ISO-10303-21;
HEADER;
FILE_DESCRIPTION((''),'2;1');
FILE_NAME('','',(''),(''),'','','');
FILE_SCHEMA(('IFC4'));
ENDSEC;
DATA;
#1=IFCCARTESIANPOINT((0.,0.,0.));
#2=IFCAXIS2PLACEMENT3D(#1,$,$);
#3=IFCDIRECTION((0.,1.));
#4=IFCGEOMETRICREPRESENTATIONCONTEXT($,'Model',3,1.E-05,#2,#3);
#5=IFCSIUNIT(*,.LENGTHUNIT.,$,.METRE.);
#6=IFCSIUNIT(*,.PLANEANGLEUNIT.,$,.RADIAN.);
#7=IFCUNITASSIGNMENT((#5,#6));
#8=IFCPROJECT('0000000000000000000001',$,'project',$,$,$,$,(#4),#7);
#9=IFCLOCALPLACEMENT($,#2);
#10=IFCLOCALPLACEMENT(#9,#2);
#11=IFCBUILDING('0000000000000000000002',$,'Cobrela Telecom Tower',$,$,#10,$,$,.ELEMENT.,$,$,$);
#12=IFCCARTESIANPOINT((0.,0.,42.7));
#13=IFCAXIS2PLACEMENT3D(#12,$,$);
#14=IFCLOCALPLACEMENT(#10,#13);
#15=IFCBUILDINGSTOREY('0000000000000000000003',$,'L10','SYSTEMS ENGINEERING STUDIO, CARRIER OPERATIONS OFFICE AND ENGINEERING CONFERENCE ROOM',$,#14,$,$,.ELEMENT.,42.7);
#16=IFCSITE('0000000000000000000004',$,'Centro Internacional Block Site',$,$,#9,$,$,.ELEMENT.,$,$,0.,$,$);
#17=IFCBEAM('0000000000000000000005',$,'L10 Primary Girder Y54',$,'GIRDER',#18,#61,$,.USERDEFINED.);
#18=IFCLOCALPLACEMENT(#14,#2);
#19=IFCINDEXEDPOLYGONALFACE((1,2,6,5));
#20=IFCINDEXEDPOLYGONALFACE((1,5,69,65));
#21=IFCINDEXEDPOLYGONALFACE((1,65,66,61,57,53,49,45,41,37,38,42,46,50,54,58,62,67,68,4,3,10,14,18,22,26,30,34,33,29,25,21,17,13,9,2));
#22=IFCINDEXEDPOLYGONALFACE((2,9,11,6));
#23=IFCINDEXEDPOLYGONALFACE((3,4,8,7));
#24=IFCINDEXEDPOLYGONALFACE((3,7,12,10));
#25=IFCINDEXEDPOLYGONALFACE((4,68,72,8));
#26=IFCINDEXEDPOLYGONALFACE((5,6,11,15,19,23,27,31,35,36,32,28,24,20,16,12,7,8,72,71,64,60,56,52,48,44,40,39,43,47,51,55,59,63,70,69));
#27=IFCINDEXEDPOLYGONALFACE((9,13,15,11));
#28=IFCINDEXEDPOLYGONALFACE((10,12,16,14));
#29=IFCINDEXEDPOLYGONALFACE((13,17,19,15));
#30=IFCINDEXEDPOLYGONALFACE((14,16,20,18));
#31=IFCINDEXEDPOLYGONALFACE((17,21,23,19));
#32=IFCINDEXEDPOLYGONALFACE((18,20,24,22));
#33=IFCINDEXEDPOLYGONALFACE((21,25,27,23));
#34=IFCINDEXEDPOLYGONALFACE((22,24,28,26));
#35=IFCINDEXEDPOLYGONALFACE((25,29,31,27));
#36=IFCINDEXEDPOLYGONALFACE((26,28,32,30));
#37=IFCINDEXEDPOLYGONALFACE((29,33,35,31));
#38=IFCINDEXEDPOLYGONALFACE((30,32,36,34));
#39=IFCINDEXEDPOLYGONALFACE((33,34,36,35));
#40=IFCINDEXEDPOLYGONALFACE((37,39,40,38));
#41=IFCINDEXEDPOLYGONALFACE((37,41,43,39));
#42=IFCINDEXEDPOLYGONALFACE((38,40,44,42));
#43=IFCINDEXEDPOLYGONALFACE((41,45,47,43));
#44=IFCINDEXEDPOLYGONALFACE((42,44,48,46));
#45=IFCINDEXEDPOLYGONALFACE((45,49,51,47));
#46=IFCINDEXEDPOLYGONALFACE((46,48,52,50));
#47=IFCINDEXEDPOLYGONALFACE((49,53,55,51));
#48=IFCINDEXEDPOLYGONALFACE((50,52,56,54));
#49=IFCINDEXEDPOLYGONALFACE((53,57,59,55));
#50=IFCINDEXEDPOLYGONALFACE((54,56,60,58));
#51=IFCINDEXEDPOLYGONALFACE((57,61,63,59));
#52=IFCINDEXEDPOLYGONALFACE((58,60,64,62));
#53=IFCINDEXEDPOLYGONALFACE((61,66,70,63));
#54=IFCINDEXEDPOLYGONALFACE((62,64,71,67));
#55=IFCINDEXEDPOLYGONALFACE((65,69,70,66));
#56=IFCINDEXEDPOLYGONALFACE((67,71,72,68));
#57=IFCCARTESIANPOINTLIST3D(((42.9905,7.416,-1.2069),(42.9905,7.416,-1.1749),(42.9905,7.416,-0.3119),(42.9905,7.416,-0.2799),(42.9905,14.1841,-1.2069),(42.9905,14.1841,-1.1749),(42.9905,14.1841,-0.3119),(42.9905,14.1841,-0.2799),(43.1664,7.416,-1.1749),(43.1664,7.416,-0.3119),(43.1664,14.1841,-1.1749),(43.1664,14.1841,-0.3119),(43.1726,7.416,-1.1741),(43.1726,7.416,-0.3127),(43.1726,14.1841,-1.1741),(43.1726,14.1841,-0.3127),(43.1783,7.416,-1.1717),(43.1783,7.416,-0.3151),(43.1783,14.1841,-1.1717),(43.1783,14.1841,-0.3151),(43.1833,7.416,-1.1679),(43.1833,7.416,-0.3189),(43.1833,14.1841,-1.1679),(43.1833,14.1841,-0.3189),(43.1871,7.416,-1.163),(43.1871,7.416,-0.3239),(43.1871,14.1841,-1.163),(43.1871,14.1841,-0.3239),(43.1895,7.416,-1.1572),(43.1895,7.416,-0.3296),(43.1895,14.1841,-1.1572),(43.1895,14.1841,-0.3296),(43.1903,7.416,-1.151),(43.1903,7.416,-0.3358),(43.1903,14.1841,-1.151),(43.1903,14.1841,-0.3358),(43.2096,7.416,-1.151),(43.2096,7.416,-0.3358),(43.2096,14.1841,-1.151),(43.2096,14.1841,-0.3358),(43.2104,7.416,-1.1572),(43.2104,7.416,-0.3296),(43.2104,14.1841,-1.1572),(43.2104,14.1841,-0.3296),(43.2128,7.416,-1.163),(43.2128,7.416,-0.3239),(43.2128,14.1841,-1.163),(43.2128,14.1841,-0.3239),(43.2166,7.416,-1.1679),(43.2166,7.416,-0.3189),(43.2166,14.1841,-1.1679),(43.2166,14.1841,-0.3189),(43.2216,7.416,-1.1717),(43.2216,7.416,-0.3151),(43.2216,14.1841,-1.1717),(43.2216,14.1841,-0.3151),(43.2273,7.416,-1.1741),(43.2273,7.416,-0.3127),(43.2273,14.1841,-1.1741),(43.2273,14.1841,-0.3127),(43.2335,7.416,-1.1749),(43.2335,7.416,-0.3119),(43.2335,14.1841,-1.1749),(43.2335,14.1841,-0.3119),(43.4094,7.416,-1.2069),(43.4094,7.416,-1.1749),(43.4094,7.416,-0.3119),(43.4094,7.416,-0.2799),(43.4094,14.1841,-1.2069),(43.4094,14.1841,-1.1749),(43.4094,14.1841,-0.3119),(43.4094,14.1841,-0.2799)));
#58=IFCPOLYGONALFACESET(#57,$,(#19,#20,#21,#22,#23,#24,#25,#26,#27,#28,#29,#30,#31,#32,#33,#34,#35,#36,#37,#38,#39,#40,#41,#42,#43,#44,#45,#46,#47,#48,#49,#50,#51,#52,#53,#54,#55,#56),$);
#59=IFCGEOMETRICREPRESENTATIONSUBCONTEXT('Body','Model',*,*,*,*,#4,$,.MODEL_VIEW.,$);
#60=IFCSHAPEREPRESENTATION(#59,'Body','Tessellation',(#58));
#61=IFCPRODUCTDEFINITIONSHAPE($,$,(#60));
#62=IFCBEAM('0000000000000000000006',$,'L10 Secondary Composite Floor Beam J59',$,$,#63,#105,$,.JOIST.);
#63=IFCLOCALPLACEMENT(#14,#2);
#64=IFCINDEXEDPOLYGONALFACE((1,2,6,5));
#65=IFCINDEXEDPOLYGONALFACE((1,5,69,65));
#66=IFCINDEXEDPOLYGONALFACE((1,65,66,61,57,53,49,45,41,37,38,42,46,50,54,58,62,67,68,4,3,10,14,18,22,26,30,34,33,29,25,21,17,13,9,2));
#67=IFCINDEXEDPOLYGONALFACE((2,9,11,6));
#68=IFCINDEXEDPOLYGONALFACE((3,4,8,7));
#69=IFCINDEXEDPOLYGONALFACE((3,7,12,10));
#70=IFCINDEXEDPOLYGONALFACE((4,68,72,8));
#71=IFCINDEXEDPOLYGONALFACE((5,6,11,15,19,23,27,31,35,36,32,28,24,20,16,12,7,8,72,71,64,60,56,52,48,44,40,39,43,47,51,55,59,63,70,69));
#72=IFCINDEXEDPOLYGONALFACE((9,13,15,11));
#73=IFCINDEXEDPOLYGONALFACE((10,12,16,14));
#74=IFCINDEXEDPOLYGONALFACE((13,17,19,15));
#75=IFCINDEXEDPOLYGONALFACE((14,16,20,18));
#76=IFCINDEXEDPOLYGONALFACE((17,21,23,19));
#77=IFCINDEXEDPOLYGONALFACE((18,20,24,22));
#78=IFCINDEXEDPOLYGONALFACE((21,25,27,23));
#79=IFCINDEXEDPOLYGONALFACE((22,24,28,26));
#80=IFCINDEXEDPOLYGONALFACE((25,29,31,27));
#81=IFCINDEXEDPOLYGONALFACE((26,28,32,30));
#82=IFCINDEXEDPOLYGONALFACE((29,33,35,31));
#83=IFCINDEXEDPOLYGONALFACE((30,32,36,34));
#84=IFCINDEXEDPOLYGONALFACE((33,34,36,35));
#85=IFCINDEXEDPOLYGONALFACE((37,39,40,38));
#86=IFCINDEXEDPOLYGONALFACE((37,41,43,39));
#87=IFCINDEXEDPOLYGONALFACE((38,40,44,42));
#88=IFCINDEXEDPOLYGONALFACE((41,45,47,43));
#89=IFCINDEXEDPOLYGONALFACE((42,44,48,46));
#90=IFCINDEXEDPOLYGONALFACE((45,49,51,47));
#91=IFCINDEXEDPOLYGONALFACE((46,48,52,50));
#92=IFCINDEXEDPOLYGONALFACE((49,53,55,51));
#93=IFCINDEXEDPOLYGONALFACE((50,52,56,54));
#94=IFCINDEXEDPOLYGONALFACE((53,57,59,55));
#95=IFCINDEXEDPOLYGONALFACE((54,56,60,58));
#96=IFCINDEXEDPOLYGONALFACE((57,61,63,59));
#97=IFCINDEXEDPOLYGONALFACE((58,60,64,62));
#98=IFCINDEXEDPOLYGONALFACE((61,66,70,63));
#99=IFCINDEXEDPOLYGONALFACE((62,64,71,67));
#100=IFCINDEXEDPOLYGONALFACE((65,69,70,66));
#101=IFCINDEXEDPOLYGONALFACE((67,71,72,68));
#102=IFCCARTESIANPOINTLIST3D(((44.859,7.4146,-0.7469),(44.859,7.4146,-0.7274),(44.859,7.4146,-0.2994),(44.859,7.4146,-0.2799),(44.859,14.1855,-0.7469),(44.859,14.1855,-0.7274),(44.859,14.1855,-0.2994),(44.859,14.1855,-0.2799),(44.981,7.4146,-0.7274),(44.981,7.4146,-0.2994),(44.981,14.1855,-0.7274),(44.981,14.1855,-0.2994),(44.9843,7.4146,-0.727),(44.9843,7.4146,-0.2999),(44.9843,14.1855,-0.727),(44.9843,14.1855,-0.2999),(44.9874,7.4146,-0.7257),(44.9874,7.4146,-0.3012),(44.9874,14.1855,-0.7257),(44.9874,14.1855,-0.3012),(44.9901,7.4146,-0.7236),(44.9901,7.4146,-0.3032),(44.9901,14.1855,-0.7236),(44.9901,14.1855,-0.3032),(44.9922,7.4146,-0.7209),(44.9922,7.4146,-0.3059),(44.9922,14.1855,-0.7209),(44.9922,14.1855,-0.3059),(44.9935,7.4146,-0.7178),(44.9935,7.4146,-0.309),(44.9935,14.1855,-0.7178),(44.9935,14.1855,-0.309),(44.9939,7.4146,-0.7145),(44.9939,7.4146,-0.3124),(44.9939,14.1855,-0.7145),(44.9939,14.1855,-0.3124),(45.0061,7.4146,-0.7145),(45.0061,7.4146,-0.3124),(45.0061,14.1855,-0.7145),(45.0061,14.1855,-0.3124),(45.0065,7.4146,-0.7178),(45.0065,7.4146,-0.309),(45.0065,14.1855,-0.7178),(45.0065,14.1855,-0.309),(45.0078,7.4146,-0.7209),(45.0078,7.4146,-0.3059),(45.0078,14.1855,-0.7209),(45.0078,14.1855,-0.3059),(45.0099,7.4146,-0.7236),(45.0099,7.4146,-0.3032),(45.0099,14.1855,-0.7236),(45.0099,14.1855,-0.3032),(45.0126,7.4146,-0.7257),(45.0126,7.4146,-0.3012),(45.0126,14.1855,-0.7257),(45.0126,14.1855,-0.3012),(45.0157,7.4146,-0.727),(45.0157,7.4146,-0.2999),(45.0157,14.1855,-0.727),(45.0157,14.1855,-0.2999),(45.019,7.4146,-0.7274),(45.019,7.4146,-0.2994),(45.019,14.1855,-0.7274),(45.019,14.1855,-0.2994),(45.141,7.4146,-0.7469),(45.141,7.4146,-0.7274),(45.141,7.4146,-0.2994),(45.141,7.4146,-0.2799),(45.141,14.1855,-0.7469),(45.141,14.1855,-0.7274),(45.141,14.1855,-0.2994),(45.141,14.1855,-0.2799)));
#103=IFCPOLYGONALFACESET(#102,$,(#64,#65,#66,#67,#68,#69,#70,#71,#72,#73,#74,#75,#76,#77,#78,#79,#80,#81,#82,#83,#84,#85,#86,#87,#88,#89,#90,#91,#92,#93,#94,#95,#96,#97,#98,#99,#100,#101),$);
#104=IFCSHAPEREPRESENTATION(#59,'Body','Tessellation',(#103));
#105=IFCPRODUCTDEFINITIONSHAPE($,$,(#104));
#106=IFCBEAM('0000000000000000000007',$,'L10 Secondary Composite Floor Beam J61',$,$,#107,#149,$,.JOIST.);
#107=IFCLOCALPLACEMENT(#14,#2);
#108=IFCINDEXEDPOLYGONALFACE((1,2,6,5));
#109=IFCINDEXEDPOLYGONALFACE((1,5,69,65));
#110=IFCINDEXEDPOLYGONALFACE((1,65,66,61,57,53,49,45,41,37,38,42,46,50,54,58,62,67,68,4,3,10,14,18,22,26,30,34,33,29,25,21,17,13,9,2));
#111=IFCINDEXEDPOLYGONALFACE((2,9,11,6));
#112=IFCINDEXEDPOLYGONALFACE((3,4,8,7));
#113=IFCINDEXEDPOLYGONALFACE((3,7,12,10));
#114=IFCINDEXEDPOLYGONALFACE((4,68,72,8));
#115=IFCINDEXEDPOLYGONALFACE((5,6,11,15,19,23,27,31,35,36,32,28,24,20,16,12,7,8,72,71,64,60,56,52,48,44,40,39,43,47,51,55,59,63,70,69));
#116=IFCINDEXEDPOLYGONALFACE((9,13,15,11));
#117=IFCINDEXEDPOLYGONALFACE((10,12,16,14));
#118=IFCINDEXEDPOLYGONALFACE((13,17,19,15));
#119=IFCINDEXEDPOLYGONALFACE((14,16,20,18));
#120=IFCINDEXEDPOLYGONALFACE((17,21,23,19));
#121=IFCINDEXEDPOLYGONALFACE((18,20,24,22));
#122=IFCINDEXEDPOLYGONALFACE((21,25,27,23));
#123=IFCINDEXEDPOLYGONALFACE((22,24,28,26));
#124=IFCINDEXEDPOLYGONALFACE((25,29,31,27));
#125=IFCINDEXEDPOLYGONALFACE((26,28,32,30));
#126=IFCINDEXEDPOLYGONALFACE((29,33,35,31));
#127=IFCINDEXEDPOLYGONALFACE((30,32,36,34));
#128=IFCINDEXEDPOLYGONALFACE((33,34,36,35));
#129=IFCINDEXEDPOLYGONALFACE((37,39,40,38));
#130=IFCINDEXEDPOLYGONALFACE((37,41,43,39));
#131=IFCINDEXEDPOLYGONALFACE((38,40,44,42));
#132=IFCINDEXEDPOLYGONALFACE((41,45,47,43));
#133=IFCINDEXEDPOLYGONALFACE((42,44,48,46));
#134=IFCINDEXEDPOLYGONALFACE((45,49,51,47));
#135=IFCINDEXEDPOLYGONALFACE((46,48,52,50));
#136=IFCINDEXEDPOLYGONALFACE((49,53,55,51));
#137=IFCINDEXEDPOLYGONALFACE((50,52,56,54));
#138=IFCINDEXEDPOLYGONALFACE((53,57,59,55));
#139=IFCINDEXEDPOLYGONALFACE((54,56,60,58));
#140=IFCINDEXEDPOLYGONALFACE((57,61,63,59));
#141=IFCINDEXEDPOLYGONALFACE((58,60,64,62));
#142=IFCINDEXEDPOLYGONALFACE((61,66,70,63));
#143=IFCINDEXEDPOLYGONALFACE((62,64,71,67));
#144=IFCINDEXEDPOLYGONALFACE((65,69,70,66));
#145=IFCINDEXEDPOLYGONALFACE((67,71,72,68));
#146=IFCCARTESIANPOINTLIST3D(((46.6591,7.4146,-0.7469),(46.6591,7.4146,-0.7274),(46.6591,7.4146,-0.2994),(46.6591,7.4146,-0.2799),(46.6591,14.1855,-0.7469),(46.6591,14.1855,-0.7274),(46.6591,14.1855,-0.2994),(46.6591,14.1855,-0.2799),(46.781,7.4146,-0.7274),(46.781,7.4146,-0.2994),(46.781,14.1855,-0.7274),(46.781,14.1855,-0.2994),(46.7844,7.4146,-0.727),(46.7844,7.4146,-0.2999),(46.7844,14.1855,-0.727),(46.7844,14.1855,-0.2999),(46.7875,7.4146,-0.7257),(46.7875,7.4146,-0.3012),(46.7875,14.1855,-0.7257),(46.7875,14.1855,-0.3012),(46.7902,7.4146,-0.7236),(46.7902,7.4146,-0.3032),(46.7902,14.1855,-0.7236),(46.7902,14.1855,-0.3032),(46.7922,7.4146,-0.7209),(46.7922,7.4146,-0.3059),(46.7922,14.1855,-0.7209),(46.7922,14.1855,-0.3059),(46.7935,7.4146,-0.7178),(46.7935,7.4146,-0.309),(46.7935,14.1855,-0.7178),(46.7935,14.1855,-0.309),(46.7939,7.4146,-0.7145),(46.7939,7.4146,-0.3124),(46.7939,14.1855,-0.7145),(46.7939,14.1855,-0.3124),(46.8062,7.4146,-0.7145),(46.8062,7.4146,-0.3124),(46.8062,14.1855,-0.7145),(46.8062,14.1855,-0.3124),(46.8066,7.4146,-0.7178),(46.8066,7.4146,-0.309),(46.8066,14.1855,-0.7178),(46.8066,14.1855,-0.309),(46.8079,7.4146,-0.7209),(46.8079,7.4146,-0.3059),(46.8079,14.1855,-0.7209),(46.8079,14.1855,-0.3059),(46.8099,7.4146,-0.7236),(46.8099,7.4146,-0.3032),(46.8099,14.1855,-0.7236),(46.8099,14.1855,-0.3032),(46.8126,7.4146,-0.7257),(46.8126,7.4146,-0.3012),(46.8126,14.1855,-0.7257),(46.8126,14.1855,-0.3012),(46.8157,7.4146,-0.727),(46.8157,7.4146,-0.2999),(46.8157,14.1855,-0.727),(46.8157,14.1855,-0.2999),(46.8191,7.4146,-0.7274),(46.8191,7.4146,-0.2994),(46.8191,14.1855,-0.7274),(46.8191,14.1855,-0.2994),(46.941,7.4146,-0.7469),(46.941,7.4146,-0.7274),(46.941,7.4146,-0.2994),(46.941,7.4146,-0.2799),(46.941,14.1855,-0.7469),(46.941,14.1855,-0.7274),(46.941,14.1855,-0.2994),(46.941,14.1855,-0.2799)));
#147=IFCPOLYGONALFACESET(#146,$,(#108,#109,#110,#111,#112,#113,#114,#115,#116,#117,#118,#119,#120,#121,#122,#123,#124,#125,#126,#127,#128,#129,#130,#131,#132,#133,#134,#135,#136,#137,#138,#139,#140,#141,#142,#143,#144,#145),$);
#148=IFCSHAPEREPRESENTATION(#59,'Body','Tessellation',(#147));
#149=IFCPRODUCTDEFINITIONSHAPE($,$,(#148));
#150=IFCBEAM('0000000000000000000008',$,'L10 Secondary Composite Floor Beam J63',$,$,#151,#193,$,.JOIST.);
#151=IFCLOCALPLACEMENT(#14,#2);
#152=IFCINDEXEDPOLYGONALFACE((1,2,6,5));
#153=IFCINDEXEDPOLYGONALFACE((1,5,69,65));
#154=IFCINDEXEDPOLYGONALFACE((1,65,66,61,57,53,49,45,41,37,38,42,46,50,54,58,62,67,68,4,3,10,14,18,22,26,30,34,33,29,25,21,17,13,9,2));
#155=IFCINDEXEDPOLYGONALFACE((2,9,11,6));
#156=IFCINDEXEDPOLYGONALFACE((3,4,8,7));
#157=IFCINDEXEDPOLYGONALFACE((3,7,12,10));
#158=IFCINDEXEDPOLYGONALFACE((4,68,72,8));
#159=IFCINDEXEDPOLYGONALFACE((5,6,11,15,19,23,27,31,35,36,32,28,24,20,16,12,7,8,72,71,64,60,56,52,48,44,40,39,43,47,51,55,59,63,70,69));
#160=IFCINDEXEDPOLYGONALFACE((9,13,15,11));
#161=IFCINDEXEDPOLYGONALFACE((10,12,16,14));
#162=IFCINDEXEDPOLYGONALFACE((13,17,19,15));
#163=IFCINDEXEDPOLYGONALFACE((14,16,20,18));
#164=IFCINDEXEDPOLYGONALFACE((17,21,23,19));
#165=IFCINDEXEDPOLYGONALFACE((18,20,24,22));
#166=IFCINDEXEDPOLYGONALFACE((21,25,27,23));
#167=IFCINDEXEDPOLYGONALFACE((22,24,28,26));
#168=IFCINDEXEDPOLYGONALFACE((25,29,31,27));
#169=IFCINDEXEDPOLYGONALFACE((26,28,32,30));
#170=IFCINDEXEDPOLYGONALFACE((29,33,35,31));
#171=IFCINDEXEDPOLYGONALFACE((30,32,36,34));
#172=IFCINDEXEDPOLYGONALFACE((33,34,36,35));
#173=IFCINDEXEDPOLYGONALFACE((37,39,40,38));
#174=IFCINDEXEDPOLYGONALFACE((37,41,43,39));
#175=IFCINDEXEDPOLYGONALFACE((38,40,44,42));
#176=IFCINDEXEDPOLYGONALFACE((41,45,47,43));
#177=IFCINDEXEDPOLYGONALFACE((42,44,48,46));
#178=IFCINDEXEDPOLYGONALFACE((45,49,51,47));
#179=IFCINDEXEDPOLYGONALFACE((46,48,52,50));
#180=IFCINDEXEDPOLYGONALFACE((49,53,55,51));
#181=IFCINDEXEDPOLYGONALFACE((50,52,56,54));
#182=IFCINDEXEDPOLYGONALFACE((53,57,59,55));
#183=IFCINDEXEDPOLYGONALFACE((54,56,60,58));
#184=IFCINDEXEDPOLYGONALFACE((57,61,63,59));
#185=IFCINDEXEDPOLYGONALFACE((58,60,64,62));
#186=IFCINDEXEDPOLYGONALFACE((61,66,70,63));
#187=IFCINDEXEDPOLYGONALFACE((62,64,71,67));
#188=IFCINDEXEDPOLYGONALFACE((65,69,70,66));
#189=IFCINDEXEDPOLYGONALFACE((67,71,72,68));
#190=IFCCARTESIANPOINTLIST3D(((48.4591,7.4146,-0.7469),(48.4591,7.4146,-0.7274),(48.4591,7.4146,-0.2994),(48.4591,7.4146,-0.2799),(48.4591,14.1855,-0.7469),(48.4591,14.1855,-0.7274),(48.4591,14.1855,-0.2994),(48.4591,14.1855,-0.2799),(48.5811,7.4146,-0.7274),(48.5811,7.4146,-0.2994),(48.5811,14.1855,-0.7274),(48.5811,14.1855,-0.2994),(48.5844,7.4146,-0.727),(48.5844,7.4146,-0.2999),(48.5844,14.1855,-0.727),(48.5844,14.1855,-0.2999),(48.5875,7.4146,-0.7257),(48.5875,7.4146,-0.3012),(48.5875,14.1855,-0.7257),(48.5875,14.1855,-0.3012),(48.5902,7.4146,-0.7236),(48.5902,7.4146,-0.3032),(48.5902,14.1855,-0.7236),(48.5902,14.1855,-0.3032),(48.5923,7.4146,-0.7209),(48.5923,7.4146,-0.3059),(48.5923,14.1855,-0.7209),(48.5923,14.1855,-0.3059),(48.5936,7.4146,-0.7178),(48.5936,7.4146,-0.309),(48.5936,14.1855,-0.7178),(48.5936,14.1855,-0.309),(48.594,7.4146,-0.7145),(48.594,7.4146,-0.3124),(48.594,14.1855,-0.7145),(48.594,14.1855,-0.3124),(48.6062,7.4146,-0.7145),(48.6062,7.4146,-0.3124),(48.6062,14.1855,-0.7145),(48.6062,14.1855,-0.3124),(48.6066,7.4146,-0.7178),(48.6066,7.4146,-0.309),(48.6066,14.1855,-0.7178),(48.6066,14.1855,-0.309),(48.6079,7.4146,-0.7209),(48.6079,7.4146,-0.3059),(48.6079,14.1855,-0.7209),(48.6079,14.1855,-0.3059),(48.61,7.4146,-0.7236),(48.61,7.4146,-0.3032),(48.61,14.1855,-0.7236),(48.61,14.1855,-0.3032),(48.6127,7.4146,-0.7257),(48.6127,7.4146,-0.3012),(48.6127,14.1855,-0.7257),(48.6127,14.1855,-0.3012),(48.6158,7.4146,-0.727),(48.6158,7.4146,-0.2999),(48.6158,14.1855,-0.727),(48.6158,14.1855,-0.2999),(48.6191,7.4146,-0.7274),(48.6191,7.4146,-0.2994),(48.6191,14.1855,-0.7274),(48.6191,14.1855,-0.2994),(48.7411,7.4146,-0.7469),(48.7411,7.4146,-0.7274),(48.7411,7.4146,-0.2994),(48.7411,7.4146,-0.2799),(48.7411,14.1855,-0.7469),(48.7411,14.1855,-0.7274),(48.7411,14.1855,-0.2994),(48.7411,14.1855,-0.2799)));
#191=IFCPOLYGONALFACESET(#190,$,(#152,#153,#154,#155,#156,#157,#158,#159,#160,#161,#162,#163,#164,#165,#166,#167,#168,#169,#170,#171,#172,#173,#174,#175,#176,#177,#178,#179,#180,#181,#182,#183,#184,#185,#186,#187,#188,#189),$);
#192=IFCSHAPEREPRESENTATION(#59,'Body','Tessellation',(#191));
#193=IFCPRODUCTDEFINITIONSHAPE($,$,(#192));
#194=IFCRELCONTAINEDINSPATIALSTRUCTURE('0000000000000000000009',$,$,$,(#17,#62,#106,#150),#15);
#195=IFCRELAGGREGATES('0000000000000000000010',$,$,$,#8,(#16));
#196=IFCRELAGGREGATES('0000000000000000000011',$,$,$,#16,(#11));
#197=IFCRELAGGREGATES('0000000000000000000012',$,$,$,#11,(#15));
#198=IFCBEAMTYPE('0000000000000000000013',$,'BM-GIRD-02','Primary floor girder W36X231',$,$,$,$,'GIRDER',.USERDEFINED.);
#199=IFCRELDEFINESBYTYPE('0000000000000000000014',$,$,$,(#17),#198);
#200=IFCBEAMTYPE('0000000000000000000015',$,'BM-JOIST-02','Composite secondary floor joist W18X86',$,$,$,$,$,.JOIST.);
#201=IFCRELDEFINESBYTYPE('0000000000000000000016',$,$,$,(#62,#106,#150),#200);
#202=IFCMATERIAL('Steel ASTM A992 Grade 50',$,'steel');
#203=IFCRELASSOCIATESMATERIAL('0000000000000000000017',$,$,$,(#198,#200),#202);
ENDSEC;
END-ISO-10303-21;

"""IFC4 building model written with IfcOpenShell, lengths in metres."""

from ifc_helpers import new_model, si_unit, direction, frame, origin, origin_2d, place, context, subcontext, project, spatial, i_section, extrude, material, material_profile, profile_set, type_object, element, save


model = new_model("IFC4")

# Units and contexts
model_context = context("Model", 3, precision=1e-05, world=origin(), true_north=direction((0.0, 1.0)))
body_context = subcontext(model_context, "Body", "Model", "MODEL_VIEW")
ifc_project = project(units=[si_unit("LENGTHUNIT", "METRE"), si_unit("PLANEANGLEUNIT", "RADIAN")], contexts=[model_context])

# Site, building, storey
site_placement = place(None, origin())
site = spatial("IfcSite", under=ifc_project, at=site_placement, Name="Centro Internacional Block Site", CompositionType="ELEMENT", RefElevation=0.0)
building_placement = place(site_placement, origin())
building = spatial("IfcBuilding", under=site, at=building_placement, Name="Cobrela Telecom Tower", CompositionType="ELEMENT")
storey_placement = place(building_placement, frame((0.0, 0.0, 42.7)))
storey = spatial("IfcBuildingStorey", under=building, at=storey_placement, Name="L10", Description="SYSTEMS ENGINEERING STUDIO, CARRIER OPERATIONS OFFICE AND ENGINEERING CONFERENCE ROOM", CompositionType="ELEMENT", Elevation=42.7)

# Shared definitions
ifc_material_1 = material(Name="Steel ASTM A992 Grade 50", Category="steel")

# Beams
ifc_material_profile_1 = material_profile(ifc_material_1, i_section(OverallWidth=0.4189, OverallDepth=0.927, WebThickness=0.0193, FlangeThickness=0.032, FilletRadius=0.0239, at=origin_2d()), Name="W36X231")
ifc_profile_set_1 = profile_set([ifc_material_profile_1], Name="Steel ASTM A992 Grade 50")
beam_type_1 = type_object("IfcBeamType", Name="BM-GIRD-02", Description="Primary floor girder W36X231", ElementType="GIRDER", PredefinedType="USERDEFINED", material=ifc_profile_set_1)
beam_1_placement = place(storey_placement, frame((43.2, 7.416, -0.7434), z_axis=(0.0, 1.0, 0.0), x_axis=(-1.0, 0.0, 0.0)))
element("IfcBeam", 1, at=beam_1_placement, inside=storey, type_object=beam_type_1, Name="L10 Primary Girder Y54", ObjectType="GIRDER", PredefinedType="USERDEFINED", context=body_context, shape_type="SweptSolid", body=[
    extrude(i_section(OverallWidth=0.4189, OverallDepth=0.927, WebThickness=0.0193, FlangeThickness=0.032, FilletRadius=0.0239, at=origin_2d()), origin(), (0.0, 0.0, 1.0), 6.7681),
])
ifc_material_profile_2 = material_profile(ifc_material_1, i_section(OverallWidth=0.282, OverallDepth=0.467, WebThickness=0.0122, FlangeThickness=0.0195, FilletRadius=0.0129, at=origin_2d()), Name="W18X86")
ifc_profile_set_2 = profile_set([ifc_material_profile_2], Name="Steel ASTM A992 Grade 50")
beam_type_2 = type_object("IfcBeamType", Name="BM-JOIST-02", Description="Composite secondary floor joist W18X86", PredefinedType="JOIST", material=ifc_profile_set_2)
for number, where, z_axis, x_axis, name in (
    (2, (45.0, 7.4146, -0.5134), (0.0, 1.0, 0.0), (-1.0, 0.0, 0.0), "L10 Secondary Composite Floor Beam J59"),
    (3, (46.8, 7.4146, -0.5134), (0.0, 1.0, 0.0), (-1.0, 0.0, 0.0), "L10 Secondary Composite Floor Beam J61"),
    (4, (48.6001, 7.4146, -0.5134), (0.0, 1.0, 0.0), (-1.0, 0.0, 0.0), "L10 Secondary Composite Floor Beam J63"),
):
    element("IfcBeam", number, at=place(storey_placement, frame(where, z_axis=z_axis, x_axis=x_axis)), inside=storey, type_object=beam_type_2, Name=name, PredefinedType="JOIST", context=body_context, shape_type="SweptSolid", body=[
        extrude(i_section(OverallWidth=0.282, OverallDepth=0.467, WebThickness=0.0122, FlangeThickness=0.0195, FilletRadius=0.0129, at=origin_2d()), origin(), (0.0, 0.0, 1.0), 6.771),
    ])

save(model, "model.ifc")
